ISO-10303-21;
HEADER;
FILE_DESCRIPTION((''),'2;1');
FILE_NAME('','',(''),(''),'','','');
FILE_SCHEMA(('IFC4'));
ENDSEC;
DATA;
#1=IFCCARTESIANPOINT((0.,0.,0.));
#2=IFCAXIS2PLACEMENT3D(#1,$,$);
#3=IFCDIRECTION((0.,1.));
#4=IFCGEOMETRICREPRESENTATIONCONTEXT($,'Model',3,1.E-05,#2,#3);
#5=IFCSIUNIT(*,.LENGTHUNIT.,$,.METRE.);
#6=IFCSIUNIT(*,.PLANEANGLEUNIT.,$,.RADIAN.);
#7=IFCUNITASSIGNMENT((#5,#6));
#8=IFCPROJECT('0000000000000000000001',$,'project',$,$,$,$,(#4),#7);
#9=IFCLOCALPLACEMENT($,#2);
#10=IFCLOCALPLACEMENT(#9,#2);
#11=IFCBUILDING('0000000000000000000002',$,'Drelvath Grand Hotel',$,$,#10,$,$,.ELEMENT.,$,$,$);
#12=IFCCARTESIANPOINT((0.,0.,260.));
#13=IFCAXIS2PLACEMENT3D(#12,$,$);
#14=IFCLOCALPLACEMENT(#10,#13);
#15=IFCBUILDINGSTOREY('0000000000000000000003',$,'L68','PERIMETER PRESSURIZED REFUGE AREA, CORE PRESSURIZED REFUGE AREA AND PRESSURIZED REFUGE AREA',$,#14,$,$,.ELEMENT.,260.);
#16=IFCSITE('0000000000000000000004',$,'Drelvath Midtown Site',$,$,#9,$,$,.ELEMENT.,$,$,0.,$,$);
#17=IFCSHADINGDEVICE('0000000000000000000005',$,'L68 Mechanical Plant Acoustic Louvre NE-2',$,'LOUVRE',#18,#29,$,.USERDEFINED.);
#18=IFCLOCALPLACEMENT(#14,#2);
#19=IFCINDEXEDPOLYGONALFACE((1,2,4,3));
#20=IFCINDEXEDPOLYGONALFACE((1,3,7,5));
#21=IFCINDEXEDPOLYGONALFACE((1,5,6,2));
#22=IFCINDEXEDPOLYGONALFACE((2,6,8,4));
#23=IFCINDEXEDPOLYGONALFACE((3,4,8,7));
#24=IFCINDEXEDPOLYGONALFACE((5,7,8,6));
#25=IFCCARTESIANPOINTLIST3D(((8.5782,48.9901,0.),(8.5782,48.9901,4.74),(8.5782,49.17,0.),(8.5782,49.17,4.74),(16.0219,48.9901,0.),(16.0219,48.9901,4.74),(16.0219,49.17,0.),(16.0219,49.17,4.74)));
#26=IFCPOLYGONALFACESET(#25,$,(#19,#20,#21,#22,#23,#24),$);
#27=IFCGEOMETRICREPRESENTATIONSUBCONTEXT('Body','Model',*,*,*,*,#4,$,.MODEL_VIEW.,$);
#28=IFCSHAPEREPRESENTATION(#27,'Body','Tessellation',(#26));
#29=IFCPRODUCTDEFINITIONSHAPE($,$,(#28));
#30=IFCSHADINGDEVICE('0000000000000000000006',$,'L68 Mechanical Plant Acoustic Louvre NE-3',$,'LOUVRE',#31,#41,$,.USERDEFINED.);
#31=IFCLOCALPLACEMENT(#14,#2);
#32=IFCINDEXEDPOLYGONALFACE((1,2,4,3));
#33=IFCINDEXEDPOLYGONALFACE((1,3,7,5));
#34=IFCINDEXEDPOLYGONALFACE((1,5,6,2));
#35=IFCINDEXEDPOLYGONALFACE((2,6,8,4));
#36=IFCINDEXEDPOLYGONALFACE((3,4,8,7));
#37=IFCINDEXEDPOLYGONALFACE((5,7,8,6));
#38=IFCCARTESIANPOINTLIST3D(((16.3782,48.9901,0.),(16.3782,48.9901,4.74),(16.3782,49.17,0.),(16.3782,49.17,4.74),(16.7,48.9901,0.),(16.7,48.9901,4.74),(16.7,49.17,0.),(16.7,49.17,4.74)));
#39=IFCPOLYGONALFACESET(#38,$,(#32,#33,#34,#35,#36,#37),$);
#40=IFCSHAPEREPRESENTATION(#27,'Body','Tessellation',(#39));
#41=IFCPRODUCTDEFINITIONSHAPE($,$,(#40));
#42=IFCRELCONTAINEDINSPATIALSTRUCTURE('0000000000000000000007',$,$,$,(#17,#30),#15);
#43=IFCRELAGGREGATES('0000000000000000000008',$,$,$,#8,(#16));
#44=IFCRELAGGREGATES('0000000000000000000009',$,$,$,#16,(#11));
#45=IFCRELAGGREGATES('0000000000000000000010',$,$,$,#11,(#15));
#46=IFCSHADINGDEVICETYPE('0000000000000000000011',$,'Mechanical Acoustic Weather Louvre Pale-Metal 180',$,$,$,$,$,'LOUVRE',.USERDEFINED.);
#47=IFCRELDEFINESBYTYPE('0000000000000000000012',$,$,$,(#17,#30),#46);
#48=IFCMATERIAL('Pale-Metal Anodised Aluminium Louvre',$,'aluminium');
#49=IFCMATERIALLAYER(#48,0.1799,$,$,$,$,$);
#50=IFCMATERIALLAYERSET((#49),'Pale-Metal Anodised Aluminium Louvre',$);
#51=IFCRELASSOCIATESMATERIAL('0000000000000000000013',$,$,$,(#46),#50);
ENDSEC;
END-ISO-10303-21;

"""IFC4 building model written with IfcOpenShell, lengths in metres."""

from ifc_helpers import new_model, si_unit, direction, frame, origin, origin_2d, place, context, subcontext, project, spatial, rectangle, extrude, material, layer, layer_set, type_object, element, save


model = new_model("IFC4")

# Units and contexts
model_context = context("Model", 3, precision=1e-05, world=origin(), true_north=direction((0.0, 1.0)))
body_context = subcontext(model_context, "Body", "Model", "MODEL_VIEW")
ifc_project = project(units=[si_unit("LENGTHUNIT", "METRE"), si_unit("PLANEANGLEUNIT", "RADIAN")], contexts=[model_context])

# Site, building, storey
site_placement = place(None, origin())
site = spatial("IfcSite", under=ifc_project, at=site_placement, Name="Drelvath Midtown Site", CompositionType="ELEMENT", RefElevation=0.0)
building_placement = place(site_placement, origin())
building = spatial("IfcBuilding", under=site, at=building_placement, Name="Drelvath Grand Hotel", CompositionType="ELEMENT")
storey_placement = place(building_placement, frame((0.0, 0.0, 260.0)))
storey = spatial("IfcBuildingStorey", under=building, at=storey_placement, Name="L68", Description="PERIMETER PRESSURIZED REFUGE AREA, CORE PRESSURIZED REFUGE AREA AND PRESSURIZED REFUGE AREA", CompositionType="ELEMENT", Elevation=260.0)

# Shading devices
ifc_material_1 = material(Name="Pale-Metal Anodised Aluminium Louvre", Category="aluminium")
ifc_layer_1 = layer(ifc_material_1, 0.1799)
ifc_layer_set_1 = layer_set([ifc_layer_1], Name="Pale-Metal Anodised Aluminium Louvre")
shading_device_type = type_object("IfcShadingDeviceType", Name="Mechanical Acoustic Weather Louvre Pale-Metal 180", ElementType="LOUVRE", PredefinedType="USERDEFINED", material=ifc_layer_set_1)
shading_device_1_placement = place(storey_placement, frame((12.3, 49.0801, 0.0), z_axis=(0.0, 0.0, 1.0), x_axis=(1.0, 0.0, 0.0)))
element("IfcShadingDevice", 1, at=shading_device_1_placement, inside=storey, type_object=shading_device_type, Name="L68 Mechanical Plant Acoustic Louvre NE-2", ObjectType="LOUVRE", PredefinedType="USERDEFINED", context=body_context, shape_type="SweptSolid", body=[
    extrude(rectangle(XDim=7.4436, YDim=0.1799, at=origin_2d()), origin(), (0.0, 0.0, 1.0), 4.74),
])
shading_device_2_placement = place(storey_placement, frame((16.5391, 49.0801, 0.0), z_axis=(0.0, 0.0, 1.0), x_axis=(1.0, 0.0, 0.0)))
element("IfcShadingDevice", 2, at=shading_device_2_placement, inside=storey, type_object=shading_device_type, Name="L68 Mechanical Plant Acoustic Louvre NE-3", ObjectType="LOUVRE", PredefinedType="USERDEFINED", context=body_context, shape_type="SweptSolid", body=[
    extrude(rectangle(XDim=0.3218, YDim=0.1799, at=origin_2d()), origin(), (0.0, 0.0, 1.0), 4.74),
])

save(model, "model.ifc")
